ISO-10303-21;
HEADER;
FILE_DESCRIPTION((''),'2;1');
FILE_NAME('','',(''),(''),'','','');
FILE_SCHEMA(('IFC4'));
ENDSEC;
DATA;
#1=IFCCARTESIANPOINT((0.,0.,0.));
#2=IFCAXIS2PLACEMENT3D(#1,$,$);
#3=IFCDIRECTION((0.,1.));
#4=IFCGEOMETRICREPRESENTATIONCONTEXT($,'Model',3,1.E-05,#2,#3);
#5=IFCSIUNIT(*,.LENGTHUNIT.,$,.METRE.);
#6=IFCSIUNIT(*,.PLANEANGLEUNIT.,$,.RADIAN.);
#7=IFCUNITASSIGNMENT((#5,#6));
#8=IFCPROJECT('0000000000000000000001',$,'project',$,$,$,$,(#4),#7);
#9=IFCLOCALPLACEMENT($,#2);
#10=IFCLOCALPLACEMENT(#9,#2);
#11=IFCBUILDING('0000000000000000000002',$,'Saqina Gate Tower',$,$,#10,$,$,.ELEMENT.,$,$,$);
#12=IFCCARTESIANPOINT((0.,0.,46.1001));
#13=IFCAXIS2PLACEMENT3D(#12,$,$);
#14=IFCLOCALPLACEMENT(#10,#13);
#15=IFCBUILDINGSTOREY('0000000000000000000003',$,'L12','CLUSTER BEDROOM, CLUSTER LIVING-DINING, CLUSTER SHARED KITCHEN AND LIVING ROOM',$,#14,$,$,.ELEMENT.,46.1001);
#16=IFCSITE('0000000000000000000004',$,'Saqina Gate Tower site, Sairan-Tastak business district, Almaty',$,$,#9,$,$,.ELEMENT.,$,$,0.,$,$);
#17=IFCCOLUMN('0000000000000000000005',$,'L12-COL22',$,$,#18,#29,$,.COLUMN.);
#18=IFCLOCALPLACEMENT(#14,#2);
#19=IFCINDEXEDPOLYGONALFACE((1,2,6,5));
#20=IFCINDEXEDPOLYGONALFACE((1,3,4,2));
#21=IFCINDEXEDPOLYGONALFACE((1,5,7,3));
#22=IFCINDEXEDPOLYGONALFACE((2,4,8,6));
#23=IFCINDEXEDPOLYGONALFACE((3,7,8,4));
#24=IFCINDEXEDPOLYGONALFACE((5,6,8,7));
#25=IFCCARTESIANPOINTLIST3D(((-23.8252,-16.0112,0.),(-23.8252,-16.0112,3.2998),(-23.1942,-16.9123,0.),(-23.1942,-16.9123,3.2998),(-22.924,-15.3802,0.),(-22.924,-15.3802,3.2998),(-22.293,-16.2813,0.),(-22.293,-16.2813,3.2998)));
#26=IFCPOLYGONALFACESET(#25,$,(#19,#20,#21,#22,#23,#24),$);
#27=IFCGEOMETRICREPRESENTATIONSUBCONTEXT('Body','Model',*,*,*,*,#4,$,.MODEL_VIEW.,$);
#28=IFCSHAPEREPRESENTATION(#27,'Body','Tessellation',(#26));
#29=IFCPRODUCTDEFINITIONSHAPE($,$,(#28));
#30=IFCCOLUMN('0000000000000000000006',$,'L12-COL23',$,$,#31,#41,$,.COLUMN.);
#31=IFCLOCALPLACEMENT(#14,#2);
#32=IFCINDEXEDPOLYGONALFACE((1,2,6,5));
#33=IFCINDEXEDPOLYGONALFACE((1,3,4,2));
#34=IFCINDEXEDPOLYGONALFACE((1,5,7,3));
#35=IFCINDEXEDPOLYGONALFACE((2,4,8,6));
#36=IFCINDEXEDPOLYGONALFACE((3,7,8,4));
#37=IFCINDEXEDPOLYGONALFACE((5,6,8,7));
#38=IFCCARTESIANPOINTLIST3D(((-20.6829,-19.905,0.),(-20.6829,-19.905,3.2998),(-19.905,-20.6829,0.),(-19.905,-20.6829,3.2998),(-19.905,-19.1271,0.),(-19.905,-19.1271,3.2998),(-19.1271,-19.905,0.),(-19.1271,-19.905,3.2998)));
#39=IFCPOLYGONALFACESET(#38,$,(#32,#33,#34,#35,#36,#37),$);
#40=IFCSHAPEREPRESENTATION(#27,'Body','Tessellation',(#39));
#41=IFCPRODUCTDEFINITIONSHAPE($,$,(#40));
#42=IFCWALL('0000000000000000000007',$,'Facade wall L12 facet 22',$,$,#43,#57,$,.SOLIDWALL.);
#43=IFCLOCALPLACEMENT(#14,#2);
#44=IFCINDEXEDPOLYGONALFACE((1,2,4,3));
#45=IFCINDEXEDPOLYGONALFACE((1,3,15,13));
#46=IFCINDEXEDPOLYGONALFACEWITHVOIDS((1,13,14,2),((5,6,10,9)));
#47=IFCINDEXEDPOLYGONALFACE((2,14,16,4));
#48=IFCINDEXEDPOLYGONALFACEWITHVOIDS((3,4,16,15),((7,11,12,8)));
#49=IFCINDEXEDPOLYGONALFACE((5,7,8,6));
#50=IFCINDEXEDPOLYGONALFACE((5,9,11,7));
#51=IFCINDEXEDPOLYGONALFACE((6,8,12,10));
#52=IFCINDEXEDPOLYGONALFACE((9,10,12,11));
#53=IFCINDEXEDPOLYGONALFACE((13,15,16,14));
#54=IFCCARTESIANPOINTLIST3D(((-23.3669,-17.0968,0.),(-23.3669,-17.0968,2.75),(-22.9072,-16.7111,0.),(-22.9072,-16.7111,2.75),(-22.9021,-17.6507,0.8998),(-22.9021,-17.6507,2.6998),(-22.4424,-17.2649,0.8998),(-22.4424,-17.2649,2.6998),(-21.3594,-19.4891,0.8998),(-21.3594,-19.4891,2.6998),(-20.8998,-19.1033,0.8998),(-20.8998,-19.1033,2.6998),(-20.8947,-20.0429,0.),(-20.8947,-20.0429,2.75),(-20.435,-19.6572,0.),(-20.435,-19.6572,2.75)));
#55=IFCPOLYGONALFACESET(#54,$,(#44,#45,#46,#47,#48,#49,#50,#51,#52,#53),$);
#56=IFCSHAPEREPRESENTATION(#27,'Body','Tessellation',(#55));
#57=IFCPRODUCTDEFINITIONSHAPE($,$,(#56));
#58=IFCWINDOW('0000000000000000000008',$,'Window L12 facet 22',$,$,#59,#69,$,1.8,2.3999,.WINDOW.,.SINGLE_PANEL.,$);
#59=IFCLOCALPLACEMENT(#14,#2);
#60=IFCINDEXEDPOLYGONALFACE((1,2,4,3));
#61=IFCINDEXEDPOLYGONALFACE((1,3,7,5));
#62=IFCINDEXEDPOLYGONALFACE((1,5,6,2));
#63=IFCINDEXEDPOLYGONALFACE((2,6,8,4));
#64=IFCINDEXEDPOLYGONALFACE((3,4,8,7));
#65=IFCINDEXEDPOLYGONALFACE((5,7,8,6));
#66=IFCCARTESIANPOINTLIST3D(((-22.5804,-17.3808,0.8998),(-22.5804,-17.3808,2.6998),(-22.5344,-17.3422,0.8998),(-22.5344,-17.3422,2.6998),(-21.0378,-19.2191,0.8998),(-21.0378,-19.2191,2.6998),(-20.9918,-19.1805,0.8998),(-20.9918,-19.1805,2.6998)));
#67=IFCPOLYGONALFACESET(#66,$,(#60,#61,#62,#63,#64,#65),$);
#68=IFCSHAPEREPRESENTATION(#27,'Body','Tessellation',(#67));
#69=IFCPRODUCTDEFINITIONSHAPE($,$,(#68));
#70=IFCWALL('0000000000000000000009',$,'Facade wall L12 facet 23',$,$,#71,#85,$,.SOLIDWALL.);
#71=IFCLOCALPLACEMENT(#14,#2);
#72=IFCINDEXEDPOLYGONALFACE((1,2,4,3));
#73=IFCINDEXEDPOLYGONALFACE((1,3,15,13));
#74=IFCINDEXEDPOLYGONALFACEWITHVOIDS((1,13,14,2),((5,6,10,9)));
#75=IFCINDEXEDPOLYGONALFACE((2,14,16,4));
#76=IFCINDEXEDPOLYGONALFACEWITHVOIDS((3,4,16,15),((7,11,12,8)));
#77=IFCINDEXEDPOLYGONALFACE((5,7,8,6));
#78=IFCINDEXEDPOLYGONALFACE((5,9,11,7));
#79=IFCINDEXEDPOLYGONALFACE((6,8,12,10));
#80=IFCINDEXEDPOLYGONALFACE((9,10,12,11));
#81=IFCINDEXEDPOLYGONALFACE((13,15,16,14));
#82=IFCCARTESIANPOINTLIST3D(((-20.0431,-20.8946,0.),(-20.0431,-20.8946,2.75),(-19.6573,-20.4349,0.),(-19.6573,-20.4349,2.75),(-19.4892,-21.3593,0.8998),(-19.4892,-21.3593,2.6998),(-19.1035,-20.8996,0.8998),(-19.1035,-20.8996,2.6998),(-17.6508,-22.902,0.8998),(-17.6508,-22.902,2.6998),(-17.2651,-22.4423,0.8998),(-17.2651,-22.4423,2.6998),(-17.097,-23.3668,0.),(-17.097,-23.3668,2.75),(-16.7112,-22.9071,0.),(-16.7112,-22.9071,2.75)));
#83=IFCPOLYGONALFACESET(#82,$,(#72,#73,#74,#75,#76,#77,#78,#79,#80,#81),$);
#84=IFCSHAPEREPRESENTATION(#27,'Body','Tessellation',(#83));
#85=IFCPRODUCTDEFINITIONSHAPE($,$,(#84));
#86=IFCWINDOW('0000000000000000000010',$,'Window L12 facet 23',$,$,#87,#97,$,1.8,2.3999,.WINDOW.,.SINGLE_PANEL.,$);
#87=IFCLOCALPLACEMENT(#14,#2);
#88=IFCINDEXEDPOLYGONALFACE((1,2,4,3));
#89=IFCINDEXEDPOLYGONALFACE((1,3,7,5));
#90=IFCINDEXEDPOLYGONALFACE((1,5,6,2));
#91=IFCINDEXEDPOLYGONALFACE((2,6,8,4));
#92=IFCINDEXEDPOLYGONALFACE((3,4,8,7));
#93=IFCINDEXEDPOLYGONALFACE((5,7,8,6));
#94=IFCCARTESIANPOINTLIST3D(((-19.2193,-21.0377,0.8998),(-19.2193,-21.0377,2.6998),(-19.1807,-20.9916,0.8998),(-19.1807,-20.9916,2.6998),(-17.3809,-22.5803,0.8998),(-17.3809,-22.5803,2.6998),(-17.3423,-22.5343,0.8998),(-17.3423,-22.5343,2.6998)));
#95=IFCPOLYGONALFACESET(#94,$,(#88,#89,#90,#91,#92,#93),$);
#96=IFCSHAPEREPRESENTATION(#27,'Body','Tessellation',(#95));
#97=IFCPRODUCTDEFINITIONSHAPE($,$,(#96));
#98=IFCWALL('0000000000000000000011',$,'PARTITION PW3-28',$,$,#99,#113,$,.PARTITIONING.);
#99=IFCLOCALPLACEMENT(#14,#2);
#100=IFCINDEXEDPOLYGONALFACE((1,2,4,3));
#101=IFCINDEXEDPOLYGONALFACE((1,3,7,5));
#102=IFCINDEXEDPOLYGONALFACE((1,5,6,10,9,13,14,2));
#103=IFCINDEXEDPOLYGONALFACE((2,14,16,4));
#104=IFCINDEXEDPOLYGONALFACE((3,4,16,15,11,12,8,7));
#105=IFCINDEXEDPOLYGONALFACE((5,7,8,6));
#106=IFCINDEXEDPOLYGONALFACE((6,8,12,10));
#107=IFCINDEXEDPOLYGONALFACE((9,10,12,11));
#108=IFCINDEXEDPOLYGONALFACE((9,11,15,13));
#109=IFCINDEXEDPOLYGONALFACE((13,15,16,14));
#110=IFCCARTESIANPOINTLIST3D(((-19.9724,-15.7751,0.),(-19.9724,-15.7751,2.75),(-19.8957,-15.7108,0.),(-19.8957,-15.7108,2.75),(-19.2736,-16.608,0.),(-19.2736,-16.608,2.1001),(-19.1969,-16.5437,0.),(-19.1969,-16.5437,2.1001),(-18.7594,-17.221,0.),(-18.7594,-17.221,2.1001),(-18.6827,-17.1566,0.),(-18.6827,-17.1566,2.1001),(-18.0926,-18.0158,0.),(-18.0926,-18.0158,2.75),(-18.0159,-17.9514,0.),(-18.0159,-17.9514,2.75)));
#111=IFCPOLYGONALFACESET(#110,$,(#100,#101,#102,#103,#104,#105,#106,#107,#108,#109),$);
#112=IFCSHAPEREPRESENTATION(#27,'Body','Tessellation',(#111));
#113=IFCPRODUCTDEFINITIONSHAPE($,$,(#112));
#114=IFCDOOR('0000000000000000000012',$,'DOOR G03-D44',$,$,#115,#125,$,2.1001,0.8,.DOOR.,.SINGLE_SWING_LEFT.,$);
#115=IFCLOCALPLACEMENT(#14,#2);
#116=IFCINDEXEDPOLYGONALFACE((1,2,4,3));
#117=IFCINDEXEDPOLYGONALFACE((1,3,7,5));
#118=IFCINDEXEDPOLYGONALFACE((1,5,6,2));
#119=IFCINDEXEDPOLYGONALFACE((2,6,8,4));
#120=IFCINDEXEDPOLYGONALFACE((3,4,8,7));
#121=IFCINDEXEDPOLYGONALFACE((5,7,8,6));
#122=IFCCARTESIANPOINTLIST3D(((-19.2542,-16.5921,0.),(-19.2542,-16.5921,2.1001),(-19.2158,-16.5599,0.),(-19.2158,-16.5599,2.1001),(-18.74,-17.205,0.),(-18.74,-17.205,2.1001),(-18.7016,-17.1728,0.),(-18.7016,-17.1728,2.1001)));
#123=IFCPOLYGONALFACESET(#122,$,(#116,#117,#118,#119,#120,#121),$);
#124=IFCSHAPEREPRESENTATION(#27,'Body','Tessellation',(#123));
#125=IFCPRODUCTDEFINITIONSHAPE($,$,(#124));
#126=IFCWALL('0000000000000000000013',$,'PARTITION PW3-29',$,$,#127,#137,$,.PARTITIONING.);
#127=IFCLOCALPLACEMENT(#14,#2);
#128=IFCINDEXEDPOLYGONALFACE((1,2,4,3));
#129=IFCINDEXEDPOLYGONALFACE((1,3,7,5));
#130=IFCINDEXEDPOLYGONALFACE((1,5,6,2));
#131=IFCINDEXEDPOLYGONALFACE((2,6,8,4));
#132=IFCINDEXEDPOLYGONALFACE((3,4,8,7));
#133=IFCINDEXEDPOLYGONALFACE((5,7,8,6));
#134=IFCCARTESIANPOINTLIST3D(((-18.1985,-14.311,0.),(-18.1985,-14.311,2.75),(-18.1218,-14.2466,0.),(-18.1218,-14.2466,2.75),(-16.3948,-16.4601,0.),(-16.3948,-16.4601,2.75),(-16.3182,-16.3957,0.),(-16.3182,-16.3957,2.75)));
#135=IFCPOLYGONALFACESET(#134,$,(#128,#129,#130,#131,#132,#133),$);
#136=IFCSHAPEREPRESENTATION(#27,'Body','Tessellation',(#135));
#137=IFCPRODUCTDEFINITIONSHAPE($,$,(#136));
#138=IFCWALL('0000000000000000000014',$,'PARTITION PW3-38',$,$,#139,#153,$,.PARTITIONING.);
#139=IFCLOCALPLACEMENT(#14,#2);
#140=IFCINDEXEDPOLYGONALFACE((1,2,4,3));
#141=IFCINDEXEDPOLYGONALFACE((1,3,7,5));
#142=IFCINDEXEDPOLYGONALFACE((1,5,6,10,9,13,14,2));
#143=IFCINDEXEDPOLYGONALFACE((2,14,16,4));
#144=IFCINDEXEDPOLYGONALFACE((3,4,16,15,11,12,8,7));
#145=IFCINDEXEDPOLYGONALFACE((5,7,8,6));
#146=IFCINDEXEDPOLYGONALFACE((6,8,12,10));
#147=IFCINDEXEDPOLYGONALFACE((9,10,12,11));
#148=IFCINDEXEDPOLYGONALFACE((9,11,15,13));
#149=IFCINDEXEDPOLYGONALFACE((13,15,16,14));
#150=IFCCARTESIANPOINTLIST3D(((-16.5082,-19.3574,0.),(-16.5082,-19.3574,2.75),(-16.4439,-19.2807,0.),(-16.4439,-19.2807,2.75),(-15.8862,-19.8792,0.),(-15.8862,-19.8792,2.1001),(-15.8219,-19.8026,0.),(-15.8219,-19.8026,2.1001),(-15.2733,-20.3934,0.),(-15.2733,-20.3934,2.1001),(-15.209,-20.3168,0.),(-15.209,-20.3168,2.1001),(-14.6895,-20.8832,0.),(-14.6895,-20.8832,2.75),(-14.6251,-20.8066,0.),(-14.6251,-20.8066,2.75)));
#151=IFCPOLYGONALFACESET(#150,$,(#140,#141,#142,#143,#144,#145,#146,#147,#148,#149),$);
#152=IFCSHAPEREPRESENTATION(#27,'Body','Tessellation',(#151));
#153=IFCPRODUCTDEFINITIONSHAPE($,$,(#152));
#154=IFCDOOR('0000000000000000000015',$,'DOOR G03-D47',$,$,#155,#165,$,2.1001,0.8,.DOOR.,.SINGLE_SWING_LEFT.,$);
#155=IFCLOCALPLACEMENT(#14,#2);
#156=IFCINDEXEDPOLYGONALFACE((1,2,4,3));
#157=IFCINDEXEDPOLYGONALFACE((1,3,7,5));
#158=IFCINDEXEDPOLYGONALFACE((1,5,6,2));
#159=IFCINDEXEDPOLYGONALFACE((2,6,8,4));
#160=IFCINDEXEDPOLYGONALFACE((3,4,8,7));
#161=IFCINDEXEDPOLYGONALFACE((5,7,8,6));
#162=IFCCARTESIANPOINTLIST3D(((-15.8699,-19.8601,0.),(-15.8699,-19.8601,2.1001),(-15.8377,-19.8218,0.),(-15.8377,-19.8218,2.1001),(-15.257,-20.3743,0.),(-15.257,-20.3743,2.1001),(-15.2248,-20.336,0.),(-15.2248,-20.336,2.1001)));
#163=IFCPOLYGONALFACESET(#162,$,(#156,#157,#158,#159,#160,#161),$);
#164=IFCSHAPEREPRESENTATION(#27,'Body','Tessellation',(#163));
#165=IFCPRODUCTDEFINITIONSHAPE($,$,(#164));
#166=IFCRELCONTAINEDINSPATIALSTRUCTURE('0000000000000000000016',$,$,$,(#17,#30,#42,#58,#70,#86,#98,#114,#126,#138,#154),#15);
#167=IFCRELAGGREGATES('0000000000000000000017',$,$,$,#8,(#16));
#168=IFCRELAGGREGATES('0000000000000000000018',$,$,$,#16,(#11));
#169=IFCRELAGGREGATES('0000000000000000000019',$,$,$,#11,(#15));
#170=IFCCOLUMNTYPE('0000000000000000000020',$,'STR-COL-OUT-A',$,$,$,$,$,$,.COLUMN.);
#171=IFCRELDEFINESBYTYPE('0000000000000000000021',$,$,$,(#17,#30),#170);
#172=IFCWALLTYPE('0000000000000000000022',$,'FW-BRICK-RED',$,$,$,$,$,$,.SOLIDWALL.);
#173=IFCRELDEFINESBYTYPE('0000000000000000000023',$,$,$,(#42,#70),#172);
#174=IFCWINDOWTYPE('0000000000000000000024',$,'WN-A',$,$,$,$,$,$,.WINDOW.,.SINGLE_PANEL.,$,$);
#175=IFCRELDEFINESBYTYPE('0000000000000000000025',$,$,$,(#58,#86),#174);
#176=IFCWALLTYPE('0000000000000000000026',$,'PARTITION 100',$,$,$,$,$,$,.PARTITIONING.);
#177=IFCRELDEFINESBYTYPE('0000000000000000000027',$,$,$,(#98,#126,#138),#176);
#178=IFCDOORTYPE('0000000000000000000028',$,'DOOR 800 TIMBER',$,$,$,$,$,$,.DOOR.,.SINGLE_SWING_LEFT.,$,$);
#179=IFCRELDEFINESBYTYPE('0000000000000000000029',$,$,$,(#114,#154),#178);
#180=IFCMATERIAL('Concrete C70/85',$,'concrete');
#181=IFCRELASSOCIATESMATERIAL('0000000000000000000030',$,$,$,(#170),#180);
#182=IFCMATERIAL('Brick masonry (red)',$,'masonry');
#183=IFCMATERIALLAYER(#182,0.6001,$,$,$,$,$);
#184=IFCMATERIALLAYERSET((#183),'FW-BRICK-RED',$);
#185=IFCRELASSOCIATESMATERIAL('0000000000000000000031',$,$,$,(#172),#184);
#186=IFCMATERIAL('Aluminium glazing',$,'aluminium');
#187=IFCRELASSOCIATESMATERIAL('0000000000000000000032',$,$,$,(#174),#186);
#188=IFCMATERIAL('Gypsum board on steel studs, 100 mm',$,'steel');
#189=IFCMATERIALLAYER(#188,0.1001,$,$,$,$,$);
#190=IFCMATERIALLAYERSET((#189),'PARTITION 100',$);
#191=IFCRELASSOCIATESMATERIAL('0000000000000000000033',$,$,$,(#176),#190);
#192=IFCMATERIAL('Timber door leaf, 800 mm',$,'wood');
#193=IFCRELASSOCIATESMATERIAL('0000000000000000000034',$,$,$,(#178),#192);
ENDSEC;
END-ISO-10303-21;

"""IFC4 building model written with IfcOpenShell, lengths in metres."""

from ifc_helpers import new_model, si_unit, direction, frame, frame_2d, origin, origin_2d, place, context, subcontext, project, spatial, rectangle, extrude, material, layer, layer_set, material_profile, profile_set, type_object, element, fill, save


model = new_model("IFC4")

# Units and contexts
model_context = context("Model", 3, precision=1e-05, world=origin(), true_north=direction((0.0, 1.0)))
body_context = subcontext(model_context, "Body", "Model", "MODEL_VIEW")
ifc_project = project(units=[si_unit("LENGTHUNIT", "METRE"), si_unit("PLANEANGLEUNIT", "RADIAN")], contexts=[model_context])

# Site, building, storey
site_placement = place(None, origin())
site = spatial("IfcSite", under=ifc_project, at=site_placement, Name="Saqina Gate Tower site, Sairan-Tastak business district, Almaty", CompositionType="ELEMENT", RefElevation=0.0)
building_placement = place(site_placement, origin())
building = spatial("IfcBuilding", under=site, at=building_placement, Name="Saqina Gate Tower", CompositionType="ELEMENT")
storey_placement = place(building_placement, frame((0.0, 0.0, 46.1001)))
storey = spatial("IfcBuildingStorey", under=building, at=storey_placement, Name="L12", Description="CLUSTER BEDROOM, CLUSTER LIVING-DINING, CLUSTER SHARED KITCHEN AND LIVING ROOM", CompositionType="ELEMENT", Elevation=46.1001)

# Columns
ifc_material_1 = material(Name="Concrete C70/85", Category="concrete")
ifc_material_profile = material_profile(ifc_material_1, rectangle(XDim=1.1001, YDim=1.1001, at=origin_2d()), Name="RC 1100x1100")
ifc_profile_set = profile_set([ifc_material_profile], Name="Concrete C70/85")
column_type = type_object("IfcColumnType", Name="STR-COL-OUT-A", PredefinedType="COLUMN", material=ifc_profile_set)
for number, where, z_axis, x_axis, name in (
    (1, (-23.0591, -16.1462, 0.0), (0.0, 0.0, 1.0), (-0.819152, -0.573576, 0.0), "L12-COL22"),
    (2, (-19.905, -19.905, 0.0), (0.0, 0.0, 1.0), (-0.707107, -0.707107, 0.0), "L12-COL23"),
):
    element("IfcColumn", number, at=place(storey_placement, frame(where, z_axis=z_axis, x_axis=x_axis)), inside=storey, type_object=column_type, Name=name, PredefinedType="COLUMN", context=body_context, shape_type="SweptSolid", body=[
        extrude(rectangle(XDim=1.1001, YDim=1.1001, at=origin_2d()), origin(), (0.0, 0.0, 1.0), 3.2998),
    ])

# Walls, openings, windows
ifc_material_2 = material(Name="Brick masonry (red)", Category="masonry")
ifc_layer_1 = layer(ifc_material_2, 0.6001)
ifc_layer_set_1 = layer_set([ifc_layer_1], Name="FW-BRICK-RED")
wall_type_1 = type_object("IfcWallType", Name="FW-BRICK-RED", PredefinedType="SOLIDWALL", material=ifc_layer_set_1)
wall_1_placement = place(storey_placement, frame((-23.137, -16.9041, 0.0), z_axis=(0.0, 0.0, 1.0), x_axis=(0.642809, -0.766026, 0.0)))
wall_1 = element("IfcWall", 3, at=wall_1_placement, inside=storey, type_object=wall_type_1, Name="Facade wall L12 facet 22", PredefinedType="SOLIDWALL", context=body_context, shape_type="SweptSolid", body=[
    extrude(rectangle(XDim=3.8459, YDim=0.6001, at=frame_2d((1.9229, 0.0))), origin(), (0.0, 0.0, 1.0), 2.75),
])
opening_1_placement = place(wall_1_placement, frame((0.7229, 0.0, 0.8999)))
opening_1 = element("IfcOpeningElement", 4, at=opening_1_placement, cuts=wall_1, PredefinedType="OPENING", context=body_context, shape_type="SweptSolid", body=[
    extrude(rectangle(XDim=2.3999, YDim=1.8, at=frame_2d((1.2, 0.8999))), frame((0.0, 0.312, 0.0), z_axis=(0.0, -1.0, 0.0), x_axis=(1.0, 0.0, 0.0)), (0.0, 0.0, 1.0), 0.624),
])
ifc_material_3 = material(Name="Aluminium glazing", Category="aluminium")
window_type = type_object("IfcWindowType", Name="WN-A", PartitioningType="SINGLE_PANEL", PredefinedType="WINDOW", material=ifc_material_3)
window_1_placement = place(opening_1_placement, origin())
window_1 = element("IfcWindow", 5, at=window_1_placement, inside=storey, type_object=window_type, Name="Window L12 facet 22", OverallHeight=1.8, OverallWidth=2.3999, PartitioningType="SINGLE_PANEL", PredefinedType="WINDOW", context=body_context, shape_type="SweptSolid", body=[
    extrude(rectangle(XDim=2.3999, YDim=1.8, at=frame_2d((1.2, 0.8999))), frame((0.0, 0.1799, 0.0), z_axis=(0.0, -1.0, 0.0), x_axis=(1.0, 0.0, 0.0)), (0.0, 0.0, 1.0), 0.0601),
])
fill(opening_1, window_1)
wall_2_placement = place(storey_placement, frame((-19.8501, -20.6648, 0.0), z_axis=(0.0, 0.0, 1.0), x_axis=(0.766026, -0.642809, 0.0)))
wall_2 = element("IfcWall", 6, at=wall_2_placement, inside=storey, type_object=wall_type_1, Name="Facade wall L12 facet 23", PredefinedType="SOLIDWALL", context=body_context, shape_type="SweptSolid", body=[
    extrude(rectangle(XDim=3.8459, YDim=0.6001, at=frame_2d((1.9229, 0.0))), origin(), (0.0, 0.0, 1.0), 2.75),
])
opening_2_placement = place(wall_2_placement, frame((0.7229, 0.0, 0.8999)))
opening_2 = element("IfcOpeningElement", 7, at=opening_2_placement, cuts=wall_2, PredefinedType="OPENING", context=body_context, shape_type="SweptSolid", body=[
    extrude(rectangle(XDim=2.3999, YDim=1.8, at=frame_2d((1.2, 0.8999))), frame((0.0, 0.312, 0.0), z_axis=(0.0, -1.0, 0.0), x_axis=(1.0, 0.0, 0.0)), (0.0, 0.0, 1.0), 0.624),
])
window_2_placement = place(opening_2_placement, origin())
window_2 = element("IfcWindow", 8, at=window_2_placement, inside=storey, type_object=window_type, Name="Window L12 facet 23", OverallHeight=1.8, OverallWidth=2.3999, PartitioningType="SINGLE_PANEL", PredefinedType="WINDOW", context=body_context, shape_type="SweptSolid", body=[
    extrude(rectangle(XDim=2.3999, YDim=1.8, at=frame_2d((1.2, 0.8999))), frame((0.0, 0.1799, 0.0), z_axis=(0.0, -1.0, 0.0), x_axis=(1.0, 0.0, 0.0)), (0.0, 0.0, 1.0), 0.0601),
])
fill(opening_2, window_2)

# Wall, opening, door
ifc_material_4 = material(Name="Gypsum board on steel studs, 100 mm", Category="steel")
ifc_layer_2 = layer(ifc_material_4, 0.1001)
ifc_layer_set_2 = layer_set([ifc_layer_2], Name="PARTITION 100")
wall_type_2 = type_object("IfcWallType", Name="PARTITION 100", PredefinedType="PARTITIONING", material=ifc_layer_set_2)
wall_3_placement = place(storey_placement, frame((-19.9341, -15.7429, 0.0), z_axis=(0.0, 0.0, 1.0), x_axis=(0.642726, -0.766096, 0.0)))
wall_3 = element("IfcWall", 9, at=wall_3_placement, inside=storey, type_object=wall_type_2, Name="PARTITION PW3-28", PredefinedType="PARTITIONING", context=body_context, shape_type="SweptSolid", body=[
    extrude(rectangle(XDim=2.9248, YDim=0.1001, at=frame_2d((1.4624, 0.0))), origin(), (0.0, 0.0, 1.0), 2.75),
])
opening_3_placement = place(wall_3_placement, frame((1.0874, 0.0, 0.0)))
opening_3 = element("IfcOpeningElement", 10, at=opening_3_placement, cuts=wall_3, PredefinedType="OPENING", context=body_context, shape_type="SweptSolid", body=[
    extrude(rectangle(XDim=0.8, YDim=2.1001, at=frame_2d((0.3999, 1.05))), frame((0.0, 0.062, 0.0), z_axis=(0.0, -1.0, 0.0), x_axis=(1.0, 0.0, 0.0)), (0.0, 0.0, 1.0), 0.124),
])
ifc_material_5 = material(Name="Timber door leaf, 800 mm", Category="wood")
door_type_1 = type_object("IfcDoorType", Name="DOOR 800 TIMBER", OperationType="SINGLE_SWING_LEFT", PredefinedType="DOOR", material=ifc_material_5)
door_1_placement = place(opening_3_placement, frame((0.8, 0.0, 0.0), z_axis=(0.0, 0.0, 1.0), x_axis=(-1.0, 0.0, 0.0)))
door_1 = element("IfcDoor", 11, at=door_1_placement, inside=storey, type_object=door_type_1, Name="DOOR G03-D44", OperationType="SINGLE_SWING_LEFT", OverallHeight=2.1001, OverallWidth=0.8, PredefinedType="DOOR", context=body_context, shape_type="SweptSolid", body=[
    extrude(rectangle(XDim=0.8, YDim=2.1001, at=frame_2d((0.3999, 1.05))), frame((0.0, 0.0249, 0.0), z_axis=(0.0, -1.0, 0.0), x_axis=(1.0, 0.0, 0.0)), (0.0, 0.0, 1.0), 0.05),
])
fill(opening_3, door_1)

# Wall
wall_4_placement = place(storey_placement, frame((-18.1602, -14.2788, 0.0), z_axis=(0.0, 0.0, 1.0), x_axis=(0.642859, -0.765984, 0.0)))
element("IfcWall", 12, at=wall_4_placement, inside=storey, type_object=wall_type_2, Name="PARTITION PW3-29", PredefinedType="PARTITIONING", context=body_context, shape_type="SweptSolid", body=[
    extrude(rectangle(XDim=2.8057, YDim=0.1001, at=frame_2d((1.4028, 0.0))), origin(), (0.0, 0.0, 1.0), 2.75),
])

# Wall, opening, door
wall_5_placement = place(storey_placement, frame((-16.4761, -19.3191, 0.0), z_axis=(0.0, 0.0, 1.0), x_axis=(0.76611, -0.64271, 0.0)))
wall_5 = element("IfcWall", 13, at=wall_5_placement, inside=storey, type_object=wall_type_2, Name="PARTITION PW3-38", PredefinedType="PARTITIONING", context=body_context, shape_type="SweptSolid", body=[
    extrude(rectangle(XDim=2.374, YDim=0.1001, at=frame_2d((1.187, 0.0))), origin(), (0.0, 0.0, 1.0), 2.75),
])
opening_4_placement = place(wall_5_placement, frame((0.812, 0.0, 0.0)))
opening_4 = element("IfcOpeningElement", 14, at=opening_4_placement, cuts=wall_5, PredefinedType="OPENING", context=body_context, shape_type="SweptSolid", body=[
    extrude(rectangle(XDim=0.8, YDim=2.1001, at=frame_2d((0.3999, 1.05))), frame((0.0, 0.062, 0.0), z_axis=(0.0, -1.0, 0.0), x_axis=(1.0, 0.0, 0.0)), (0.0, 0.0, 1.0), 0.124),
])
door_2_placement = place(opening_4_placement, frame((0.8, 0.0, 0.0), z_axis=(0.0, 0.0, 1.0), x_axis=(-1.0, 0.0, 0.0)))
door_2 = element("IfcDoor", 15, at=door_2_placement, inside=storey, type_object=door_type_1, Name="DOOR G03-D47", OperationType="SINGLE_SWING_LEFT", OverallHeight=2.1001, OverallWidth=0.8, PredefinedType="DOOR", context=body_context, shape_type="SweptSolid", body=[
    extrude(rectangle(XDim=0.8, YDim=2.1001, at=frame_2d((0.3999, 1.05))), frame((0.0, 0.0249, 0.0), z_axis=(0.0, -1.0, 0.0), x_axis=(1.0, 0.0, 0.0)), (0.0, 0.0, 1.0), 0.05),
])
fill(opening_4, door_2)

save(model, "model.ifc")
